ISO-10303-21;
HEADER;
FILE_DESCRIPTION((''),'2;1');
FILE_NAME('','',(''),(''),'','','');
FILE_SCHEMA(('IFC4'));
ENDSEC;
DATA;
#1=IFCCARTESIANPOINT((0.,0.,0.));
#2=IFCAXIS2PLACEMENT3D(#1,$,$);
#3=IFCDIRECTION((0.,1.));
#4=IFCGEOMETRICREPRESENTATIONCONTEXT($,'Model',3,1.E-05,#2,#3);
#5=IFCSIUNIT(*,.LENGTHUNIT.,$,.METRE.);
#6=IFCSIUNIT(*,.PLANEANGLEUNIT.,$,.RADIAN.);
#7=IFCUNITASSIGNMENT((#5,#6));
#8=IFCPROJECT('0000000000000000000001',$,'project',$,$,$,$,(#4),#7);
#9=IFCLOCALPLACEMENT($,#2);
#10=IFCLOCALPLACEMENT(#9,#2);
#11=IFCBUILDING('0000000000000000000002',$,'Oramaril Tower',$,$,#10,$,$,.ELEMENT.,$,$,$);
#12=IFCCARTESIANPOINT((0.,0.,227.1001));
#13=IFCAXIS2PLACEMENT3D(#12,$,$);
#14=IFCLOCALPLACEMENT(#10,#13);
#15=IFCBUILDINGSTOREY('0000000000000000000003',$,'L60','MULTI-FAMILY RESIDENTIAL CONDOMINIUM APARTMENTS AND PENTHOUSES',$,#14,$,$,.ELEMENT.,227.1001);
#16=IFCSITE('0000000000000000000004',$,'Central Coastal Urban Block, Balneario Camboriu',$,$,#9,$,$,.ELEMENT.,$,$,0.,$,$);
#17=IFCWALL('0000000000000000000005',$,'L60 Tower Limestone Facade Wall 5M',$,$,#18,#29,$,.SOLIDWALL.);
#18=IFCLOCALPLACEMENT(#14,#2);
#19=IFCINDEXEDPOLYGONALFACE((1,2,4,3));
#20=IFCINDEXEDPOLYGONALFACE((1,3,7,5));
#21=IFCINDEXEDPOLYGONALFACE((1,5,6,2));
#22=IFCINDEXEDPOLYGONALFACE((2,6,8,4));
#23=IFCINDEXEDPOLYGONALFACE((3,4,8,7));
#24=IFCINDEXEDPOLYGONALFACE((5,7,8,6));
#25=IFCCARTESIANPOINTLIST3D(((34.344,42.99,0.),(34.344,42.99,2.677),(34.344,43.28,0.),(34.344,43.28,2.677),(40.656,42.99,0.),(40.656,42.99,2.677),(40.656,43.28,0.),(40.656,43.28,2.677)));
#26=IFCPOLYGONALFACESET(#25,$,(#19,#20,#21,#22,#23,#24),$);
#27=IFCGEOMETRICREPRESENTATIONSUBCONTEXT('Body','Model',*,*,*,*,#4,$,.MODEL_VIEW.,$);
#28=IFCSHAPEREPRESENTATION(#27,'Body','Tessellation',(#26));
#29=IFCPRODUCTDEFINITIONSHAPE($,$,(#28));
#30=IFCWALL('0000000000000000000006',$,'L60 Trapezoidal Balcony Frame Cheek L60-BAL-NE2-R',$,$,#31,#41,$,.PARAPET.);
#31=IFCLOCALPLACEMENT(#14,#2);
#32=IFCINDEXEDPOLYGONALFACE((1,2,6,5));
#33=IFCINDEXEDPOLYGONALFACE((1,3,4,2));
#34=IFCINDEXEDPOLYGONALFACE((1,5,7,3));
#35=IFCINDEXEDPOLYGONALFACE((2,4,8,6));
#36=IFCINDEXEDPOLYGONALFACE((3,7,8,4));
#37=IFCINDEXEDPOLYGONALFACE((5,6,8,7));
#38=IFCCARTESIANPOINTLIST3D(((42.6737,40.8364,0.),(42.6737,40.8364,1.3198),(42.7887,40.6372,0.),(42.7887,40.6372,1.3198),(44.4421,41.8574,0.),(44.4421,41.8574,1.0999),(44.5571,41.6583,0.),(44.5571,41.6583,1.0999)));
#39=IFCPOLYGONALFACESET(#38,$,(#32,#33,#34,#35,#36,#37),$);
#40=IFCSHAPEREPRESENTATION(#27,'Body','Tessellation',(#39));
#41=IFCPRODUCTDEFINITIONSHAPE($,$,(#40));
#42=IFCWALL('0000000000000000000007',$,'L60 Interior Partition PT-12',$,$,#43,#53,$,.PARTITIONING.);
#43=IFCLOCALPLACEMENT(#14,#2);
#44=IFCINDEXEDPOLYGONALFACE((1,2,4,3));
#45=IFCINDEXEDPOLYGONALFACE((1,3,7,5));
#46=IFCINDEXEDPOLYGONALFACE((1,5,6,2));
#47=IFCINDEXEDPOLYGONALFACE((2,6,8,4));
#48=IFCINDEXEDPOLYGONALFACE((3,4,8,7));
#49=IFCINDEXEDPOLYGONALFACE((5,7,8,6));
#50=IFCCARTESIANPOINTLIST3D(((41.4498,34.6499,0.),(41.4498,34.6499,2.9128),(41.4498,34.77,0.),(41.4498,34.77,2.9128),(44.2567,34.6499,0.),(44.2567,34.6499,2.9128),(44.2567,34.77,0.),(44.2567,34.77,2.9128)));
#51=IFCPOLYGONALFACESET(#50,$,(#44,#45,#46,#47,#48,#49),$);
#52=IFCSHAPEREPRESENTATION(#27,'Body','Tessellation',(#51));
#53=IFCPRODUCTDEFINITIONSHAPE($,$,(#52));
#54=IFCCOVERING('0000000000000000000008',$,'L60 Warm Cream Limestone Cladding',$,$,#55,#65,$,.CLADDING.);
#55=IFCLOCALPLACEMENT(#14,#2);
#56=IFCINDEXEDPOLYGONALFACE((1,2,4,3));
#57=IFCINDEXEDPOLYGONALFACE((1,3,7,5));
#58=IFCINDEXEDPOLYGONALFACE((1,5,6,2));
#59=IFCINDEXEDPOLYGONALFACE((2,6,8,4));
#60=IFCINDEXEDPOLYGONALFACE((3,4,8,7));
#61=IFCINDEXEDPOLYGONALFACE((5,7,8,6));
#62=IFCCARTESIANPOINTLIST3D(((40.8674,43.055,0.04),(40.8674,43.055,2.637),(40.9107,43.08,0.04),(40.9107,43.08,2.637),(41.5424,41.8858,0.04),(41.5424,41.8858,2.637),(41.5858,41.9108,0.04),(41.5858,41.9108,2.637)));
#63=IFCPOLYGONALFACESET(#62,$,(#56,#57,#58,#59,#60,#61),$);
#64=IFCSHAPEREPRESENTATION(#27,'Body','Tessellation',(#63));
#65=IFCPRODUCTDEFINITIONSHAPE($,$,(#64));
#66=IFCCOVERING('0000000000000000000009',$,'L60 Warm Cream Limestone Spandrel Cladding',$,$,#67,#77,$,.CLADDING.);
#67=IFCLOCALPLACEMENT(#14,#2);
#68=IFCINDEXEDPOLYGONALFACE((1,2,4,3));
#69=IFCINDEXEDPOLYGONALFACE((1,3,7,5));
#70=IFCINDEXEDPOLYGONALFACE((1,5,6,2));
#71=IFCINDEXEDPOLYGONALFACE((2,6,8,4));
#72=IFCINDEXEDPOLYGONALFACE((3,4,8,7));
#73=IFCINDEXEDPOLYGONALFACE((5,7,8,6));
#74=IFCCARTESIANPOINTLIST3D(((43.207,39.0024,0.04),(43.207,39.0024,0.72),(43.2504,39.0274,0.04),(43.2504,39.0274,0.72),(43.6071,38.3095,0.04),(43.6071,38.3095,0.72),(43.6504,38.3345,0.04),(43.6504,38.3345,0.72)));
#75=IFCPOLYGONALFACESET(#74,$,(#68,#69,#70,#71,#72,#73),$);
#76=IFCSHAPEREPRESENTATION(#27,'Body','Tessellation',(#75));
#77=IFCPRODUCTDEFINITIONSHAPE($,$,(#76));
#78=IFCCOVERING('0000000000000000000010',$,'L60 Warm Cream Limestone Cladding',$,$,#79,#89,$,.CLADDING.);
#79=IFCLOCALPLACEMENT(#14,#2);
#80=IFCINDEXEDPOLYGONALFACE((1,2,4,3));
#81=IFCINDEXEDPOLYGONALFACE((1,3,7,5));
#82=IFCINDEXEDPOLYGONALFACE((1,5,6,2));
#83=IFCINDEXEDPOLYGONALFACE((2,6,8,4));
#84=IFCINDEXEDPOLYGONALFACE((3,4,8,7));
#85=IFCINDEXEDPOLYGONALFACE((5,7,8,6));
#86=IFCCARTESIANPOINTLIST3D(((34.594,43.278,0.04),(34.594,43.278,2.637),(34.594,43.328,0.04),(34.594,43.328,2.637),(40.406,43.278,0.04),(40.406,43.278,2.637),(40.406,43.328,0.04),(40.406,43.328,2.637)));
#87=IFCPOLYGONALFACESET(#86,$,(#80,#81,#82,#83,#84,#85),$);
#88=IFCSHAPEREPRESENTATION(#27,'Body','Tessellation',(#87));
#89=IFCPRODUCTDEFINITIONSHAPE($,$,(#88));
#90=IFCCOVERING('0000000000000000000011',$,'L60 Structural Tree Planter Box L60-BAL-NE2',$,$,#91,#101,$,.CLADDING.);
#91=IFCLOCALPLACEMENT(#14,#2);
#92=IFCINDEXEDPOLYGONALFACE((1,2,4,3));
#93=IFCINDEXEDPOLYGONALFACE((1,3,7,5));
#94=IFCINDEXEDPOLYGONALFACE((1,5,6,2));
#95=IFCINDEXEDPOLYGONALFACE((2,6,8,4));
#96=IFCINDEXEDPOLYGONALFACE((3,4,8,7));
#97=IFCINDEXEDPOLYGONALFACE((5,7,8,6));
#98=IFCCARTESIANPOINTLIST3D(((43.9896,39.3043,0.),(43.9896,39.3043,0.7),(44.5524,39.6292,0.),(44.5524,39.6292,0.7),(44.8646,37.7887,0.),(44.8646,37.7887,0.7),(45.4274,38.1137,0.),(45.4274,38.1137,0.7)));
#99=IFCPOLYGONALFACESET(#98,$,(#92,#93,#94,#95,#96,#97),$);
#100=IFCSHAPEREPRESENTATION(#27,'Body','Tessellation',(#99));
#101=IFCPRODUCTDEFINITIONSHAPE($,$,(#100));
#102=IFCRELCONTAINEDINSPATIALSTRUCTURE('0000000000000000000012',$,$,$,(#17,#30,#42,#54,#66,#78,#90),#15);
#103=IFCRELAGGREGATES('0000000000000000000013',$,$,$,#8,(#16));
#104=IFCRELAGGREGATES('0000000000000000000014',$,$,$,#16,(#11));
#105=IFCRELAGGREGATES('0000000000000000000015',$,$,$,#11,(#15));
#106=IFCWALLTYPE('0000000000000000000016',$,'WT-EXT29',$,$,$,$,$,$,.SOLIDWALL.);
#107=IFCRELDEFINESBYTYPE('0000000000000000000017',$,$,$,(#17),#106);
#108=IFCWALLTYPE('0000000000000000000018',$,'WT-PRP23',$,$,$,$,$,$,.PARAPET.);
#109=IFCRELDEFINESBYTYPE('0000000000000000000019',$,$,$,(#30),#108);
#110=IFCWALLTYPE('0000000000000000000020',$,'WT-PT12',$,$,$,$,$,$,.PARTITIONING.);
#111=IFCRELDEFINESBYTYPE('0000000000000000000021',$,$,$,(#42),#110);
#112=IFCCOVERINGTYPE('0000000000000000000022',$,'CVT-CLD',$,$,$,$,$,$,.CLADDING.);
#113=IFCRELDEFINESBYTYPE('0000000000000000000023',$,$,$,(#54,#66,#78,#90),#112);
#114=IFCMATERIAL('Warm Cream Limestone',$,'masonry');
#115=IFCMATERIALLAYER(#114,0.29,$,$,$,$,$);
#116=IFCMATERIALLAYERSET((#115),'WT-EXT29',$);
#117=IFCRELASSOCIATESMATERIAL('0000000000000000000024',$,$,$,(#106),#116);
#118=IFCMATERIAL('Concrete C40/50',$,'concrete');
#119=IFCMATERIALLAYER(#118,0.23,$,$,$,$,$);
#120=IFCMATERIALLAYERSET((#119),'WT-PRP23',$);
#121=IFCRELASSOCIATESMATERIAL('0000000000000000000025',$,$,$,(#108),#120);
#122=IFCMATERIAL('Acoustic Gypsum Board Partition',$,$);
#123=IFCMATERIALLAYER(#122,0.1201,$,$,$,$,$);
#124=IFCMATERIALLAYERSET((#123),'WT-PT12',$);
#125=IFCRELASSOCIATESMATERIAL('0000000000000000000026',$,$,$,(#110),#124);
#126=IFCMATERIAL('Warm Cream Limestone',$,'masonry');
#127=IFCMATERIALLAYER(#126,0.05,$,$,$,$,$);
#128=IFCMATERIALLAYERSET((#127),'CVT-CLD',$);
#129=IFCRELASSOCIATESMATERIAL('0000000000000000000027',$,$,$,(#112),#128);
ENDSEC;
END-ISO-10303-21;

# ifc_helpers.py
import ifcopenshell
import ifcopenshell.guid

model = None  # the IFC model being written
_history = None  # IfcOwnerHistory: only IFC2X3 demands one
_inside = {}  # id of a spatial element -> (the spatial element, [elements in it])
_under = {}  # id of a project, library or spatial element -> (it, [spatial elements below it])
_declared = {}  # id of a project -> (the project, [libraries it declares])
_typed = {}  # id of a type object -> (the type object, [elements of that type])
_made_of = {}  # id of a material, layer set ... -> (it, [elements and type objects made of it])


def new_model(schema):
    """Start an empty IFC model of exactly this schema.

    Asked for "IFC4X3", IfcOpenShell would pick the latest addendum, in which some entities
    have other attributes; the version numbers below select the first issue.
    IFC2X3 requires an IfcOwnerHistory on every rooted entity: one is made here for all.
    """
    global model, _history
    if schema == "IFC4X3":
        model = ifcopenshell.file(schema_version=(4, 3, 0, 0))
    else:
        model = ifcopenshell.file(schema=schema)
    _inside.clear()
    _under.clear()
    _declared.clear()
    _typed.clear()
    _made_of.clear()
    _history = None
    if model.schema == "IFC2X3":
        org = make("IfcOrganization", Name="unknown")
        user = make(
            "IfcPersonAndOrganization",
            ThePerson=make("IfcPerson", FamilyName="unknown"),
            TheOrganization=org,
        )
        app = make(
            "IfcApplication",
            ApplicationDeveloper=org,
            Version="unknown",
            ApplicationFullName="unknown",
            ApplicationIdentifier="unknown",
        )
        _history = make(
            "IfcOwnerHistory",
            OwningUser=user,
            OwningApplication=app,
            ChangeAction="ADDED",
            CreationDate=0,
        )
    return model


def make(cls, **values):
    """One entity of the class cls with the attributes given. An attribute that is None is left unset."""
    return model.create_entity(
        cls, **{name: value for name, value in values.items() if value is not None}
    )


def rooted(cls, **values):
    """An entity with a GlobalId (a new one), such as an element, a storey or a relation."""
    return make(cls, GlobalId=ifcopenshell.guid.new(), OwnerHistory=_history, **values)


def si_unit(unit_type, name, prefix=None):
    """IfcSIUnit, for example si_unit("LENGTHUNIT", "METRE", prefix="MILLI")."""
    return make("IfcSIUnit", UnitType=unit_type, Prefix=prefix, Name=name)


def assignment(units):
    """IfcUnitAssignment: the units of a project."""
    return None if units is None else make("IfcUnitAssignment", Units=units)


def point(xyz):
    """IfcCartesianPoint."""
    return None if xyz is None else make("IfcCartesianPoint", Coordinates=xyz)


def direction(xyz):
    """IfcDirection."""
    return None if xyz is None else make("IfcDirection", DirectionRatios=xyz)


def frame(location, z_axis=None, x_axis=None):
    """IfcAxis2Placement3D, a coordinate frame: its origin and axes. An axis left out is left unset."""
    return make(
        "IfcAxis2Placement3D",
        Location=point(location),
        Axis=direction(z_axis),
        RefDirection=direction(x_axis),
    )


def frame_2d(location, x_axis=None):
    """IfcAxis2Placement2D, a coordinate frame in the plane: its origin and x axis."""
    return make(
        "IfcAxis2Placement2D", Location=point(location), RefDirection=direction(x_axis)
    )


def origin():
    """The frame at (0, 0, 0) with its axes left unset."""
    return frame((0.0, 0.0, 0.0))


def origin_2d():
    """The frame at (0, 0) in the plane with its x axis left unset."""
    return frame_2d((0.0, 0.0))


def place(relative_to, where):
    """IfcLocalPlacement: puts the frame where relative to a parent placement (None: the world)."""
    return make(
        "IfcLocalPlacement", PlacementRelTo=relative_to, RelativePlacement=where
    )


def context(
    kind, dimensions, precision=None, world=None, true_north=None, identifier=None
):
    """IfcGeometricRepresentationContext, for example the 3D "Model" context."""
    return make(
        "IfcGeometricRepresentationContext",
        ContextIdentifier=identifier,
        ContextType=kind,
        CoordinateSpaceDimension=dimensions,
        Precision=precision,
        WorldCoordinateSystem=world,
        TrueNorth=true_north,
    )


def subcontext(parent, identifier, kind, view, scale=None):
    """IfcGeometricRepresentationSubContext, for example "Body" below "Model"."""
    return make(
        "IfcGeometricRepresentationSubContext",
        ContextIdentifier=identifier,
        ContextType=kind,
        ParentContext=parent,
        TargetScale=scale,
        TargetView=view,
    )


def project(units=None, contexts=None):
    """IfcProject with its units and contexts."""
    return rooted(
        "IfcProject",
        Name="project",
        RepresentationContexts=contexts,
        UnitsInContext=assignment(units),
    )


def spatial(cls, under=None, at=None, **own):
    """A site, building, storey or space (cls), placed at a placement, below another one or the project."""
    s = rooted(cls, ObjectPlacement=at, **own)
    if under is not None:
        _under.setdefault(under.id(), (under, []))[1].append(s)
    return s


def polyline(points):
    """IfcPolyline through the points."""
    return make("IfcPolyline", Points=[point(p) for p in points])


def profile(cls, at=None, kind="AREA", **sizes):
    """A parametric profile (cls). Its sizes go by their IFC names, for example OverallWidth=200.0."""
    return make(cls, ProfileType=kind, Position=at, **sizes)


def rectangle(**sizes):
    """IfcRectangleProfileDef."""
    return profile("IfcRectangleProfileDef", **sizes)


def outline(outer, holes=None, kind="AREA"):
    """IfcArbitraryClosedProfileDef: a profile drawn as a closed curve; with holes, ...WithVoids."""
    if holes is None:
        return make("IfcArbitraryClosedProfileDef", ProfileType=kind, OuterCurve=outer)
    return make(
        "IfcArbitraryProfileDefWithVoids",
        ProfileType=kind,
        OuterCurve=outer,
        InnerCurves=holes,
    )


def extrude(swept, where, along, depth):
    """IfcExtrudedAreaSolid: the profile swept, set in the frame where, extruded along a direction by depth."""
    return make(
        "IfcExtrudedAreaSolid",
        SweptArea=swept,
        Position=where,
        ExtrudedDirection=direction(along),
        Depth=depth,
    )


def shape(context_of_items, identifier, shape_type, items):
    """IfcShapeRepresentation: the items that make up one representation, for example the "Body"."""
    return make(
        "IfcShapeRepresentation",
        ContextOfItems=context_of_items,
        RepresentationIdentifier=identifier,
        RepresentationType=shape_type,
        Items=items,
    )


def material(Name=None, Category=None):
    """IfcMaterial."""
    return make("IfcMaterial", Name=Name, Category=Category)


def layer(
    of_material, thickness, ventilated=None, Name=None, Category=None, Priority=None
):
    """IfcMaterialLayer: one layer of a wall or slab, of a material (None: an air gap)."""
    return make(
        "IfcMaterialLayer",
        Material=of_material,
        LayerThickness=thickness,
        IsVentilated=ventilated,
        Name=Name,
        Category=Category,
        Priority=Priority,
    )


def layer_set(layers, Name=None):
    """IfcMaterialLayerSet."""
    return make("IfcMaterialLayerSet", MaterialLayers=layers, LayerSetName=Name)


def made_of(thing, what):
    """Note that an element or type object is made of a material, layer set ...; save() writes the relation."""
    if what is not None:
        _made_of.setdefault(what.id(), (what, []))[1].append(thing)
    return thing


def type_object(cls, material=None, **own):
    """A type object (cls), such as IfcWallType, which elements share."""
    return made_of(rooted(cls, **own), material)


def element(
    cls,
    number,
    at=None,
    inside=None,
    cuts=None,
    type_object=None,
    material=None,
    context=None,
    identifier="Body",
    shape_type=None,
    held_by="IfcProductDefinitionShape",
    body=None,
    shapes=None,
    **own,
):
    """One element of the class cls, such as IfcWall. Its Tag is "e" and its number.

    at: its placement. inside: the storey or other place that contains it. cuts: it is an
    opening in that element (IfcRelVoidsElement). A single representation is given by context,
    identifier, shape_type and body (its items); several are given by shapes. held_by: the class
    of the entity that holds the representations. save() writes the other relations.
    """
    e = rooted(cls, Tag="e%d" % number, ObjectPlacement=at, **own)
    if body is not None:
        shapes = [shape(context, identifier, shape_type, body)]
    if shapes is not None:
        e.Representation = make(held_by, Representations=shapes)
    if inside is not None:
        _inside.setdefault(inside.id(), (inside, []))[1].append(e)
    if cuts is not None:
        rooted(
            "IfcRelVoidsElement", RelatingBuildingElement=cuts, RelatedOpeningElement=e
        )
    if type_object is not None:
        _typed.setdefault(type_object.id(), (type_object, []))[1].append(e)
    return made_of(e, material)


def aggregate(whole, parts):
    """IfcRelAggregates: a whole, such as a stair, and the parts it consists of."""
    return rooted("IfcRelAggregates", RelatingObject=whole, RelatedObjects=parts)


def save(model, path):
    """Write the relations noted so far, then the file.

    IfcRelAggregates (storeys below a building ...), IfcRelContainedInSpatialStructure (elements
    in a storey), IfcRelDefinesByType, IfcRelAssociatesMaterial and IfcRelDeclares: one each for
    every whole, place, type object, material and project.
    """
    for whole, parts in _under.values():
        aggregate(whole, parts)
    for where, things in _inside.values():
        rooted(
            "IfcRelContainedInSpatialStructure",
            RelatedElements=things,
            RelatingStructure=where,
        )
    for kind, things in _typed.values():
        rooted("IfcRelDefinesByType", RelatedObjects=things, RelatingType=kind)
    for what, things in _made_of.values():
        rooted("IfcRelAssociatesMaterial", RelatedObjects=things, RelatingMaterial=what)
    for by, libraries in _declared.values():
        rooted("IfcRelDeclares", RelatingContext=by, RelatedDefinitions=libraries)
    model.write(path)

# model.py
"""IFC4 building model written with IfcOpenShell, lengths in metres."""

from ifc_helpers import new_model, si_unit, direction, frame, frame_2d, origin, origin_2d, place, context, subcontext, project, spatial, polyline, rectangle, outline, extrude, material, layer, layer_set, type_object, element, save


model = new_model("IFC4")

# Units and contexts
model_context = context("Model", 3, precision=1e-05, world=origin(), true_north=direction((0.0, 1.0)))
body_context = subcontext(model_context, "Body", "Model", "MODEL_VIEW")
ifc_project = project(units=[si_unit("LENGTHUNIT", "METRE"), si_unit("PLANEANGLEUNIT", "RADIAN")], contexts=[model_context])

# Site, building, storey
site_placement = place(None, origin())
site = spatial("IfcSite", under=ifc_project, at=site_placement, Name="Central Coastal Urban Block, Balneario Camboriu", CompositionType="ELEMENT", RefElevation=0.0)
building_placement = place(site_placement, origin())
building = spatial("IfcBuilding", under=site, at=building_placement, Name="Oramaril Tower", CompositionType="ELEMENT")
storey_placement = place(building_placement, frame((0.0, 0.0, 227.1001)))
storey = spatial("IfcBuildingStorey", under=building, at=storey_placement, Name="L60", Description="MULTI-FAMILY RESIDENTIAL CONDOMINIUM APARTMENTS AND PENTHOUSES", CompositionType="ELEMENT", Elevation=227.1001)

# Walls
ifc_material_1 = material(Name="Warm Cream Limestone", Category="masonry")
ifc_layer_1 = layer(ifc_material_1, 0.29)
ifc_layer_set_1 = layer_set([ifc_layer_1], Name="WT-EXT29")
wall_type_1 = type_object("IfcWallType", Name="WT-EXT29", PredefinedType="SOLIDWALL", material=ifc_layer_set_1)
wall_1_placement = place(storey_placement, frame((40.656, 43.135, 0.0), z_axis=(0.0, 0.0, 1.0), x_axis=(-1.0, 0.0, 0.0)))
element("IfcWall", 1, at=wall_1_placement, inside=storey, type_object=wall_type_1, Name="L60 Tower Limestone Facade Wall 5M", PredefinedType="SOLIDWALL", context=body_context, shape_type="SweptSolid", body=[
    extrude(rectangle(XDim=6.312, YDim=0.29, at=frame_2d((3.156, 0.0))), origin(), (0.0, 0.0, 1.0), 2.677),
])
ifc_material_2 = material(Name="Concrete C40/50", Category="concrete")
ifc_layer_2 = layer(ifc_material_2, 0.23)
ifc_layer_set_2 = layer_set([ifc_layer_2], Name="WT-PRP23")
wall_type_2 = type_object("IfcWallType", Name="WT-PRP23", PredefinedType="PARAPET", material=ifc_layer_set_2)
wall_2_placement = place(storey_placement, frame((42.7312, 40.7368, 0.0), z_axis=(0.0, 0.0, 1.0), x_axis=(0.866012, 0.500023, 0.0)))
element("IfcWall", 2, at=wall_2_placement, inside=storey, type_object=wall_type_2, Name="L60 Trapezoidal Balcony Frame Cheek L60-BAL-NE2-R", PredefinedType="PARAPET", context=body_context, shape_type="SweptSolid", body=[
    extrude(outline(polyline([(0.0, 0.0), (2.042, 0.0), (2.042, 1.0999), (0.0, 1.3198), (0.0, 0.0)])), frame((0.0, 0.115, 0.0), z_axis=(0.0, -1.0, 0.0), x_axis=(1.0, 0.0, 0.0)), (0.0, 0.0, 1.0), 0.23),
])
ifc_material_3 = material(Name="Acoustic Gypsum Board Partition")
ifc_layer_3 = layer(ifc_material_3, 0.1201)
ifc_layer_set_3 = layer_set([ifc_layer_3], Name="WT-PT12")
wall_type_3 = type_object("IfcWallType", Name="WT-PT12", PredefinedType="PARTITIONING", material=ifc_layer_set_3)
wall_3_placement = place(storey_placement, frame((41.45, 34.71, 0.0), z_axis=(0.0, 0.0, 1.0), x_axis=(1.0, 0.0, 0.0)))
element("IfcWall", 3, at=wall_3_placement, inside=storey, type_object=wall_type_3, Name="L60 Interior Partition PT-12", PredefinedType="PARTITIONING", context=body_context, shape_type="SweptSolid", body=[
    extrude(rectangle(XDim=2.8069, YDim=0.1201, at=frame_2d((1.4033, 0.0))), origin(), (0.0, 0.0, 1.0), 2.9128),
])

# Coverings
ifc_material_4 = material(Name="Warm Cream Limestone", Category="masonry")
ifc_layer_4 = layer(ifc_material_4, 0.05)
ifc_layer_set_4 = layer_set([ifc_layer_4], Name="CVT-CLD")
covering_type = type_object("IfcCoveringType", Name="CVT-CLD", PredefinedType="CLADDING", material=ifc_layer_set_4)
covering_1_placement = place(storey_placement, frame((41.2266, 42.4829, 0.04), z_axis=(0.0, 0.0, 1.0), x_axis=(-0.499998, 0.866026, 0.0)))
element("IfcCovering", 4, at=covering_1_placement, inside=storey, type_object=covering_type, Name="L60 Warm Cream Limestone Cladding", PredefinedType="CLADDING", context=body_context, shape_type="SweptSolid", body=[
    extrude(rectangle(XDim=1.3501, YDim=0.05, at=origin_2d()), origin(), (0.0, 0.0, 1.0), 2.5969),
])
covering_2_placement = place(storey_placement, frame((43.4287, 38.6685, 0.04), z_axis=(0.0, 0.0, 1.0), x_axis=(-0.499998, 0.866026, 0.0)))
element("IfcCovering", 5, at=covering_2_placement, inside=storey, type_object=covering_type, Name="L60 Warm Cream Limestone Spandrel Cladding", PredefinedType="CLADDING", context=body_context, shape_type="SweptSolid", body=[
    extrude(rectangle(XDim=0.8, YDim=0.05, at=origin_2d()), origin(), (0.0, 0.0, 1.0), 0.6799),
])
covering_3_placement = place(storey_placement, frame((37.5, 43.303, 0.04), z_axis=(0.0, 0.0, 1.0), x_axis=(-1.0, 0.0, 0.0)))
element("IfcCovering", 6, at=covering_3_placement, inside=storey, type_object=covering_type, Name="L60 Warm Cream Limestone Cladding", PredefinedType="CLADDING", context=body_context, shape_type="SweptSolid", body=[
    extrude(rectangle(XDim=5.812, YDim=0.05, at=origin_2d()), origin(), (0.0, 0.0, 1.0), 2.5969),
])
covering_4_placement = place(storey_placement, frame((44.7085, 38.709, 0.0), z_axis=(0.0, 0.0, 1.0), x_axis=(-0.499998, 0.866026, 0.0)))
element("IfcCovering", 7, at=covering_4_placement, inside=storey, type_object=covering_type, Name="L60 Structural Tree Planter Box L60-BAL-NE2", PredefinedType="CLADDING", context=body_context, shape_type="SweptSolid", body=[
    extrude(rectangle(XDim=1.75, YDim=0.6499, at=origin_2d()), origin(), (0.0, 0.0, 1.0), 0.7),
])

save(model, "model.ifc")
